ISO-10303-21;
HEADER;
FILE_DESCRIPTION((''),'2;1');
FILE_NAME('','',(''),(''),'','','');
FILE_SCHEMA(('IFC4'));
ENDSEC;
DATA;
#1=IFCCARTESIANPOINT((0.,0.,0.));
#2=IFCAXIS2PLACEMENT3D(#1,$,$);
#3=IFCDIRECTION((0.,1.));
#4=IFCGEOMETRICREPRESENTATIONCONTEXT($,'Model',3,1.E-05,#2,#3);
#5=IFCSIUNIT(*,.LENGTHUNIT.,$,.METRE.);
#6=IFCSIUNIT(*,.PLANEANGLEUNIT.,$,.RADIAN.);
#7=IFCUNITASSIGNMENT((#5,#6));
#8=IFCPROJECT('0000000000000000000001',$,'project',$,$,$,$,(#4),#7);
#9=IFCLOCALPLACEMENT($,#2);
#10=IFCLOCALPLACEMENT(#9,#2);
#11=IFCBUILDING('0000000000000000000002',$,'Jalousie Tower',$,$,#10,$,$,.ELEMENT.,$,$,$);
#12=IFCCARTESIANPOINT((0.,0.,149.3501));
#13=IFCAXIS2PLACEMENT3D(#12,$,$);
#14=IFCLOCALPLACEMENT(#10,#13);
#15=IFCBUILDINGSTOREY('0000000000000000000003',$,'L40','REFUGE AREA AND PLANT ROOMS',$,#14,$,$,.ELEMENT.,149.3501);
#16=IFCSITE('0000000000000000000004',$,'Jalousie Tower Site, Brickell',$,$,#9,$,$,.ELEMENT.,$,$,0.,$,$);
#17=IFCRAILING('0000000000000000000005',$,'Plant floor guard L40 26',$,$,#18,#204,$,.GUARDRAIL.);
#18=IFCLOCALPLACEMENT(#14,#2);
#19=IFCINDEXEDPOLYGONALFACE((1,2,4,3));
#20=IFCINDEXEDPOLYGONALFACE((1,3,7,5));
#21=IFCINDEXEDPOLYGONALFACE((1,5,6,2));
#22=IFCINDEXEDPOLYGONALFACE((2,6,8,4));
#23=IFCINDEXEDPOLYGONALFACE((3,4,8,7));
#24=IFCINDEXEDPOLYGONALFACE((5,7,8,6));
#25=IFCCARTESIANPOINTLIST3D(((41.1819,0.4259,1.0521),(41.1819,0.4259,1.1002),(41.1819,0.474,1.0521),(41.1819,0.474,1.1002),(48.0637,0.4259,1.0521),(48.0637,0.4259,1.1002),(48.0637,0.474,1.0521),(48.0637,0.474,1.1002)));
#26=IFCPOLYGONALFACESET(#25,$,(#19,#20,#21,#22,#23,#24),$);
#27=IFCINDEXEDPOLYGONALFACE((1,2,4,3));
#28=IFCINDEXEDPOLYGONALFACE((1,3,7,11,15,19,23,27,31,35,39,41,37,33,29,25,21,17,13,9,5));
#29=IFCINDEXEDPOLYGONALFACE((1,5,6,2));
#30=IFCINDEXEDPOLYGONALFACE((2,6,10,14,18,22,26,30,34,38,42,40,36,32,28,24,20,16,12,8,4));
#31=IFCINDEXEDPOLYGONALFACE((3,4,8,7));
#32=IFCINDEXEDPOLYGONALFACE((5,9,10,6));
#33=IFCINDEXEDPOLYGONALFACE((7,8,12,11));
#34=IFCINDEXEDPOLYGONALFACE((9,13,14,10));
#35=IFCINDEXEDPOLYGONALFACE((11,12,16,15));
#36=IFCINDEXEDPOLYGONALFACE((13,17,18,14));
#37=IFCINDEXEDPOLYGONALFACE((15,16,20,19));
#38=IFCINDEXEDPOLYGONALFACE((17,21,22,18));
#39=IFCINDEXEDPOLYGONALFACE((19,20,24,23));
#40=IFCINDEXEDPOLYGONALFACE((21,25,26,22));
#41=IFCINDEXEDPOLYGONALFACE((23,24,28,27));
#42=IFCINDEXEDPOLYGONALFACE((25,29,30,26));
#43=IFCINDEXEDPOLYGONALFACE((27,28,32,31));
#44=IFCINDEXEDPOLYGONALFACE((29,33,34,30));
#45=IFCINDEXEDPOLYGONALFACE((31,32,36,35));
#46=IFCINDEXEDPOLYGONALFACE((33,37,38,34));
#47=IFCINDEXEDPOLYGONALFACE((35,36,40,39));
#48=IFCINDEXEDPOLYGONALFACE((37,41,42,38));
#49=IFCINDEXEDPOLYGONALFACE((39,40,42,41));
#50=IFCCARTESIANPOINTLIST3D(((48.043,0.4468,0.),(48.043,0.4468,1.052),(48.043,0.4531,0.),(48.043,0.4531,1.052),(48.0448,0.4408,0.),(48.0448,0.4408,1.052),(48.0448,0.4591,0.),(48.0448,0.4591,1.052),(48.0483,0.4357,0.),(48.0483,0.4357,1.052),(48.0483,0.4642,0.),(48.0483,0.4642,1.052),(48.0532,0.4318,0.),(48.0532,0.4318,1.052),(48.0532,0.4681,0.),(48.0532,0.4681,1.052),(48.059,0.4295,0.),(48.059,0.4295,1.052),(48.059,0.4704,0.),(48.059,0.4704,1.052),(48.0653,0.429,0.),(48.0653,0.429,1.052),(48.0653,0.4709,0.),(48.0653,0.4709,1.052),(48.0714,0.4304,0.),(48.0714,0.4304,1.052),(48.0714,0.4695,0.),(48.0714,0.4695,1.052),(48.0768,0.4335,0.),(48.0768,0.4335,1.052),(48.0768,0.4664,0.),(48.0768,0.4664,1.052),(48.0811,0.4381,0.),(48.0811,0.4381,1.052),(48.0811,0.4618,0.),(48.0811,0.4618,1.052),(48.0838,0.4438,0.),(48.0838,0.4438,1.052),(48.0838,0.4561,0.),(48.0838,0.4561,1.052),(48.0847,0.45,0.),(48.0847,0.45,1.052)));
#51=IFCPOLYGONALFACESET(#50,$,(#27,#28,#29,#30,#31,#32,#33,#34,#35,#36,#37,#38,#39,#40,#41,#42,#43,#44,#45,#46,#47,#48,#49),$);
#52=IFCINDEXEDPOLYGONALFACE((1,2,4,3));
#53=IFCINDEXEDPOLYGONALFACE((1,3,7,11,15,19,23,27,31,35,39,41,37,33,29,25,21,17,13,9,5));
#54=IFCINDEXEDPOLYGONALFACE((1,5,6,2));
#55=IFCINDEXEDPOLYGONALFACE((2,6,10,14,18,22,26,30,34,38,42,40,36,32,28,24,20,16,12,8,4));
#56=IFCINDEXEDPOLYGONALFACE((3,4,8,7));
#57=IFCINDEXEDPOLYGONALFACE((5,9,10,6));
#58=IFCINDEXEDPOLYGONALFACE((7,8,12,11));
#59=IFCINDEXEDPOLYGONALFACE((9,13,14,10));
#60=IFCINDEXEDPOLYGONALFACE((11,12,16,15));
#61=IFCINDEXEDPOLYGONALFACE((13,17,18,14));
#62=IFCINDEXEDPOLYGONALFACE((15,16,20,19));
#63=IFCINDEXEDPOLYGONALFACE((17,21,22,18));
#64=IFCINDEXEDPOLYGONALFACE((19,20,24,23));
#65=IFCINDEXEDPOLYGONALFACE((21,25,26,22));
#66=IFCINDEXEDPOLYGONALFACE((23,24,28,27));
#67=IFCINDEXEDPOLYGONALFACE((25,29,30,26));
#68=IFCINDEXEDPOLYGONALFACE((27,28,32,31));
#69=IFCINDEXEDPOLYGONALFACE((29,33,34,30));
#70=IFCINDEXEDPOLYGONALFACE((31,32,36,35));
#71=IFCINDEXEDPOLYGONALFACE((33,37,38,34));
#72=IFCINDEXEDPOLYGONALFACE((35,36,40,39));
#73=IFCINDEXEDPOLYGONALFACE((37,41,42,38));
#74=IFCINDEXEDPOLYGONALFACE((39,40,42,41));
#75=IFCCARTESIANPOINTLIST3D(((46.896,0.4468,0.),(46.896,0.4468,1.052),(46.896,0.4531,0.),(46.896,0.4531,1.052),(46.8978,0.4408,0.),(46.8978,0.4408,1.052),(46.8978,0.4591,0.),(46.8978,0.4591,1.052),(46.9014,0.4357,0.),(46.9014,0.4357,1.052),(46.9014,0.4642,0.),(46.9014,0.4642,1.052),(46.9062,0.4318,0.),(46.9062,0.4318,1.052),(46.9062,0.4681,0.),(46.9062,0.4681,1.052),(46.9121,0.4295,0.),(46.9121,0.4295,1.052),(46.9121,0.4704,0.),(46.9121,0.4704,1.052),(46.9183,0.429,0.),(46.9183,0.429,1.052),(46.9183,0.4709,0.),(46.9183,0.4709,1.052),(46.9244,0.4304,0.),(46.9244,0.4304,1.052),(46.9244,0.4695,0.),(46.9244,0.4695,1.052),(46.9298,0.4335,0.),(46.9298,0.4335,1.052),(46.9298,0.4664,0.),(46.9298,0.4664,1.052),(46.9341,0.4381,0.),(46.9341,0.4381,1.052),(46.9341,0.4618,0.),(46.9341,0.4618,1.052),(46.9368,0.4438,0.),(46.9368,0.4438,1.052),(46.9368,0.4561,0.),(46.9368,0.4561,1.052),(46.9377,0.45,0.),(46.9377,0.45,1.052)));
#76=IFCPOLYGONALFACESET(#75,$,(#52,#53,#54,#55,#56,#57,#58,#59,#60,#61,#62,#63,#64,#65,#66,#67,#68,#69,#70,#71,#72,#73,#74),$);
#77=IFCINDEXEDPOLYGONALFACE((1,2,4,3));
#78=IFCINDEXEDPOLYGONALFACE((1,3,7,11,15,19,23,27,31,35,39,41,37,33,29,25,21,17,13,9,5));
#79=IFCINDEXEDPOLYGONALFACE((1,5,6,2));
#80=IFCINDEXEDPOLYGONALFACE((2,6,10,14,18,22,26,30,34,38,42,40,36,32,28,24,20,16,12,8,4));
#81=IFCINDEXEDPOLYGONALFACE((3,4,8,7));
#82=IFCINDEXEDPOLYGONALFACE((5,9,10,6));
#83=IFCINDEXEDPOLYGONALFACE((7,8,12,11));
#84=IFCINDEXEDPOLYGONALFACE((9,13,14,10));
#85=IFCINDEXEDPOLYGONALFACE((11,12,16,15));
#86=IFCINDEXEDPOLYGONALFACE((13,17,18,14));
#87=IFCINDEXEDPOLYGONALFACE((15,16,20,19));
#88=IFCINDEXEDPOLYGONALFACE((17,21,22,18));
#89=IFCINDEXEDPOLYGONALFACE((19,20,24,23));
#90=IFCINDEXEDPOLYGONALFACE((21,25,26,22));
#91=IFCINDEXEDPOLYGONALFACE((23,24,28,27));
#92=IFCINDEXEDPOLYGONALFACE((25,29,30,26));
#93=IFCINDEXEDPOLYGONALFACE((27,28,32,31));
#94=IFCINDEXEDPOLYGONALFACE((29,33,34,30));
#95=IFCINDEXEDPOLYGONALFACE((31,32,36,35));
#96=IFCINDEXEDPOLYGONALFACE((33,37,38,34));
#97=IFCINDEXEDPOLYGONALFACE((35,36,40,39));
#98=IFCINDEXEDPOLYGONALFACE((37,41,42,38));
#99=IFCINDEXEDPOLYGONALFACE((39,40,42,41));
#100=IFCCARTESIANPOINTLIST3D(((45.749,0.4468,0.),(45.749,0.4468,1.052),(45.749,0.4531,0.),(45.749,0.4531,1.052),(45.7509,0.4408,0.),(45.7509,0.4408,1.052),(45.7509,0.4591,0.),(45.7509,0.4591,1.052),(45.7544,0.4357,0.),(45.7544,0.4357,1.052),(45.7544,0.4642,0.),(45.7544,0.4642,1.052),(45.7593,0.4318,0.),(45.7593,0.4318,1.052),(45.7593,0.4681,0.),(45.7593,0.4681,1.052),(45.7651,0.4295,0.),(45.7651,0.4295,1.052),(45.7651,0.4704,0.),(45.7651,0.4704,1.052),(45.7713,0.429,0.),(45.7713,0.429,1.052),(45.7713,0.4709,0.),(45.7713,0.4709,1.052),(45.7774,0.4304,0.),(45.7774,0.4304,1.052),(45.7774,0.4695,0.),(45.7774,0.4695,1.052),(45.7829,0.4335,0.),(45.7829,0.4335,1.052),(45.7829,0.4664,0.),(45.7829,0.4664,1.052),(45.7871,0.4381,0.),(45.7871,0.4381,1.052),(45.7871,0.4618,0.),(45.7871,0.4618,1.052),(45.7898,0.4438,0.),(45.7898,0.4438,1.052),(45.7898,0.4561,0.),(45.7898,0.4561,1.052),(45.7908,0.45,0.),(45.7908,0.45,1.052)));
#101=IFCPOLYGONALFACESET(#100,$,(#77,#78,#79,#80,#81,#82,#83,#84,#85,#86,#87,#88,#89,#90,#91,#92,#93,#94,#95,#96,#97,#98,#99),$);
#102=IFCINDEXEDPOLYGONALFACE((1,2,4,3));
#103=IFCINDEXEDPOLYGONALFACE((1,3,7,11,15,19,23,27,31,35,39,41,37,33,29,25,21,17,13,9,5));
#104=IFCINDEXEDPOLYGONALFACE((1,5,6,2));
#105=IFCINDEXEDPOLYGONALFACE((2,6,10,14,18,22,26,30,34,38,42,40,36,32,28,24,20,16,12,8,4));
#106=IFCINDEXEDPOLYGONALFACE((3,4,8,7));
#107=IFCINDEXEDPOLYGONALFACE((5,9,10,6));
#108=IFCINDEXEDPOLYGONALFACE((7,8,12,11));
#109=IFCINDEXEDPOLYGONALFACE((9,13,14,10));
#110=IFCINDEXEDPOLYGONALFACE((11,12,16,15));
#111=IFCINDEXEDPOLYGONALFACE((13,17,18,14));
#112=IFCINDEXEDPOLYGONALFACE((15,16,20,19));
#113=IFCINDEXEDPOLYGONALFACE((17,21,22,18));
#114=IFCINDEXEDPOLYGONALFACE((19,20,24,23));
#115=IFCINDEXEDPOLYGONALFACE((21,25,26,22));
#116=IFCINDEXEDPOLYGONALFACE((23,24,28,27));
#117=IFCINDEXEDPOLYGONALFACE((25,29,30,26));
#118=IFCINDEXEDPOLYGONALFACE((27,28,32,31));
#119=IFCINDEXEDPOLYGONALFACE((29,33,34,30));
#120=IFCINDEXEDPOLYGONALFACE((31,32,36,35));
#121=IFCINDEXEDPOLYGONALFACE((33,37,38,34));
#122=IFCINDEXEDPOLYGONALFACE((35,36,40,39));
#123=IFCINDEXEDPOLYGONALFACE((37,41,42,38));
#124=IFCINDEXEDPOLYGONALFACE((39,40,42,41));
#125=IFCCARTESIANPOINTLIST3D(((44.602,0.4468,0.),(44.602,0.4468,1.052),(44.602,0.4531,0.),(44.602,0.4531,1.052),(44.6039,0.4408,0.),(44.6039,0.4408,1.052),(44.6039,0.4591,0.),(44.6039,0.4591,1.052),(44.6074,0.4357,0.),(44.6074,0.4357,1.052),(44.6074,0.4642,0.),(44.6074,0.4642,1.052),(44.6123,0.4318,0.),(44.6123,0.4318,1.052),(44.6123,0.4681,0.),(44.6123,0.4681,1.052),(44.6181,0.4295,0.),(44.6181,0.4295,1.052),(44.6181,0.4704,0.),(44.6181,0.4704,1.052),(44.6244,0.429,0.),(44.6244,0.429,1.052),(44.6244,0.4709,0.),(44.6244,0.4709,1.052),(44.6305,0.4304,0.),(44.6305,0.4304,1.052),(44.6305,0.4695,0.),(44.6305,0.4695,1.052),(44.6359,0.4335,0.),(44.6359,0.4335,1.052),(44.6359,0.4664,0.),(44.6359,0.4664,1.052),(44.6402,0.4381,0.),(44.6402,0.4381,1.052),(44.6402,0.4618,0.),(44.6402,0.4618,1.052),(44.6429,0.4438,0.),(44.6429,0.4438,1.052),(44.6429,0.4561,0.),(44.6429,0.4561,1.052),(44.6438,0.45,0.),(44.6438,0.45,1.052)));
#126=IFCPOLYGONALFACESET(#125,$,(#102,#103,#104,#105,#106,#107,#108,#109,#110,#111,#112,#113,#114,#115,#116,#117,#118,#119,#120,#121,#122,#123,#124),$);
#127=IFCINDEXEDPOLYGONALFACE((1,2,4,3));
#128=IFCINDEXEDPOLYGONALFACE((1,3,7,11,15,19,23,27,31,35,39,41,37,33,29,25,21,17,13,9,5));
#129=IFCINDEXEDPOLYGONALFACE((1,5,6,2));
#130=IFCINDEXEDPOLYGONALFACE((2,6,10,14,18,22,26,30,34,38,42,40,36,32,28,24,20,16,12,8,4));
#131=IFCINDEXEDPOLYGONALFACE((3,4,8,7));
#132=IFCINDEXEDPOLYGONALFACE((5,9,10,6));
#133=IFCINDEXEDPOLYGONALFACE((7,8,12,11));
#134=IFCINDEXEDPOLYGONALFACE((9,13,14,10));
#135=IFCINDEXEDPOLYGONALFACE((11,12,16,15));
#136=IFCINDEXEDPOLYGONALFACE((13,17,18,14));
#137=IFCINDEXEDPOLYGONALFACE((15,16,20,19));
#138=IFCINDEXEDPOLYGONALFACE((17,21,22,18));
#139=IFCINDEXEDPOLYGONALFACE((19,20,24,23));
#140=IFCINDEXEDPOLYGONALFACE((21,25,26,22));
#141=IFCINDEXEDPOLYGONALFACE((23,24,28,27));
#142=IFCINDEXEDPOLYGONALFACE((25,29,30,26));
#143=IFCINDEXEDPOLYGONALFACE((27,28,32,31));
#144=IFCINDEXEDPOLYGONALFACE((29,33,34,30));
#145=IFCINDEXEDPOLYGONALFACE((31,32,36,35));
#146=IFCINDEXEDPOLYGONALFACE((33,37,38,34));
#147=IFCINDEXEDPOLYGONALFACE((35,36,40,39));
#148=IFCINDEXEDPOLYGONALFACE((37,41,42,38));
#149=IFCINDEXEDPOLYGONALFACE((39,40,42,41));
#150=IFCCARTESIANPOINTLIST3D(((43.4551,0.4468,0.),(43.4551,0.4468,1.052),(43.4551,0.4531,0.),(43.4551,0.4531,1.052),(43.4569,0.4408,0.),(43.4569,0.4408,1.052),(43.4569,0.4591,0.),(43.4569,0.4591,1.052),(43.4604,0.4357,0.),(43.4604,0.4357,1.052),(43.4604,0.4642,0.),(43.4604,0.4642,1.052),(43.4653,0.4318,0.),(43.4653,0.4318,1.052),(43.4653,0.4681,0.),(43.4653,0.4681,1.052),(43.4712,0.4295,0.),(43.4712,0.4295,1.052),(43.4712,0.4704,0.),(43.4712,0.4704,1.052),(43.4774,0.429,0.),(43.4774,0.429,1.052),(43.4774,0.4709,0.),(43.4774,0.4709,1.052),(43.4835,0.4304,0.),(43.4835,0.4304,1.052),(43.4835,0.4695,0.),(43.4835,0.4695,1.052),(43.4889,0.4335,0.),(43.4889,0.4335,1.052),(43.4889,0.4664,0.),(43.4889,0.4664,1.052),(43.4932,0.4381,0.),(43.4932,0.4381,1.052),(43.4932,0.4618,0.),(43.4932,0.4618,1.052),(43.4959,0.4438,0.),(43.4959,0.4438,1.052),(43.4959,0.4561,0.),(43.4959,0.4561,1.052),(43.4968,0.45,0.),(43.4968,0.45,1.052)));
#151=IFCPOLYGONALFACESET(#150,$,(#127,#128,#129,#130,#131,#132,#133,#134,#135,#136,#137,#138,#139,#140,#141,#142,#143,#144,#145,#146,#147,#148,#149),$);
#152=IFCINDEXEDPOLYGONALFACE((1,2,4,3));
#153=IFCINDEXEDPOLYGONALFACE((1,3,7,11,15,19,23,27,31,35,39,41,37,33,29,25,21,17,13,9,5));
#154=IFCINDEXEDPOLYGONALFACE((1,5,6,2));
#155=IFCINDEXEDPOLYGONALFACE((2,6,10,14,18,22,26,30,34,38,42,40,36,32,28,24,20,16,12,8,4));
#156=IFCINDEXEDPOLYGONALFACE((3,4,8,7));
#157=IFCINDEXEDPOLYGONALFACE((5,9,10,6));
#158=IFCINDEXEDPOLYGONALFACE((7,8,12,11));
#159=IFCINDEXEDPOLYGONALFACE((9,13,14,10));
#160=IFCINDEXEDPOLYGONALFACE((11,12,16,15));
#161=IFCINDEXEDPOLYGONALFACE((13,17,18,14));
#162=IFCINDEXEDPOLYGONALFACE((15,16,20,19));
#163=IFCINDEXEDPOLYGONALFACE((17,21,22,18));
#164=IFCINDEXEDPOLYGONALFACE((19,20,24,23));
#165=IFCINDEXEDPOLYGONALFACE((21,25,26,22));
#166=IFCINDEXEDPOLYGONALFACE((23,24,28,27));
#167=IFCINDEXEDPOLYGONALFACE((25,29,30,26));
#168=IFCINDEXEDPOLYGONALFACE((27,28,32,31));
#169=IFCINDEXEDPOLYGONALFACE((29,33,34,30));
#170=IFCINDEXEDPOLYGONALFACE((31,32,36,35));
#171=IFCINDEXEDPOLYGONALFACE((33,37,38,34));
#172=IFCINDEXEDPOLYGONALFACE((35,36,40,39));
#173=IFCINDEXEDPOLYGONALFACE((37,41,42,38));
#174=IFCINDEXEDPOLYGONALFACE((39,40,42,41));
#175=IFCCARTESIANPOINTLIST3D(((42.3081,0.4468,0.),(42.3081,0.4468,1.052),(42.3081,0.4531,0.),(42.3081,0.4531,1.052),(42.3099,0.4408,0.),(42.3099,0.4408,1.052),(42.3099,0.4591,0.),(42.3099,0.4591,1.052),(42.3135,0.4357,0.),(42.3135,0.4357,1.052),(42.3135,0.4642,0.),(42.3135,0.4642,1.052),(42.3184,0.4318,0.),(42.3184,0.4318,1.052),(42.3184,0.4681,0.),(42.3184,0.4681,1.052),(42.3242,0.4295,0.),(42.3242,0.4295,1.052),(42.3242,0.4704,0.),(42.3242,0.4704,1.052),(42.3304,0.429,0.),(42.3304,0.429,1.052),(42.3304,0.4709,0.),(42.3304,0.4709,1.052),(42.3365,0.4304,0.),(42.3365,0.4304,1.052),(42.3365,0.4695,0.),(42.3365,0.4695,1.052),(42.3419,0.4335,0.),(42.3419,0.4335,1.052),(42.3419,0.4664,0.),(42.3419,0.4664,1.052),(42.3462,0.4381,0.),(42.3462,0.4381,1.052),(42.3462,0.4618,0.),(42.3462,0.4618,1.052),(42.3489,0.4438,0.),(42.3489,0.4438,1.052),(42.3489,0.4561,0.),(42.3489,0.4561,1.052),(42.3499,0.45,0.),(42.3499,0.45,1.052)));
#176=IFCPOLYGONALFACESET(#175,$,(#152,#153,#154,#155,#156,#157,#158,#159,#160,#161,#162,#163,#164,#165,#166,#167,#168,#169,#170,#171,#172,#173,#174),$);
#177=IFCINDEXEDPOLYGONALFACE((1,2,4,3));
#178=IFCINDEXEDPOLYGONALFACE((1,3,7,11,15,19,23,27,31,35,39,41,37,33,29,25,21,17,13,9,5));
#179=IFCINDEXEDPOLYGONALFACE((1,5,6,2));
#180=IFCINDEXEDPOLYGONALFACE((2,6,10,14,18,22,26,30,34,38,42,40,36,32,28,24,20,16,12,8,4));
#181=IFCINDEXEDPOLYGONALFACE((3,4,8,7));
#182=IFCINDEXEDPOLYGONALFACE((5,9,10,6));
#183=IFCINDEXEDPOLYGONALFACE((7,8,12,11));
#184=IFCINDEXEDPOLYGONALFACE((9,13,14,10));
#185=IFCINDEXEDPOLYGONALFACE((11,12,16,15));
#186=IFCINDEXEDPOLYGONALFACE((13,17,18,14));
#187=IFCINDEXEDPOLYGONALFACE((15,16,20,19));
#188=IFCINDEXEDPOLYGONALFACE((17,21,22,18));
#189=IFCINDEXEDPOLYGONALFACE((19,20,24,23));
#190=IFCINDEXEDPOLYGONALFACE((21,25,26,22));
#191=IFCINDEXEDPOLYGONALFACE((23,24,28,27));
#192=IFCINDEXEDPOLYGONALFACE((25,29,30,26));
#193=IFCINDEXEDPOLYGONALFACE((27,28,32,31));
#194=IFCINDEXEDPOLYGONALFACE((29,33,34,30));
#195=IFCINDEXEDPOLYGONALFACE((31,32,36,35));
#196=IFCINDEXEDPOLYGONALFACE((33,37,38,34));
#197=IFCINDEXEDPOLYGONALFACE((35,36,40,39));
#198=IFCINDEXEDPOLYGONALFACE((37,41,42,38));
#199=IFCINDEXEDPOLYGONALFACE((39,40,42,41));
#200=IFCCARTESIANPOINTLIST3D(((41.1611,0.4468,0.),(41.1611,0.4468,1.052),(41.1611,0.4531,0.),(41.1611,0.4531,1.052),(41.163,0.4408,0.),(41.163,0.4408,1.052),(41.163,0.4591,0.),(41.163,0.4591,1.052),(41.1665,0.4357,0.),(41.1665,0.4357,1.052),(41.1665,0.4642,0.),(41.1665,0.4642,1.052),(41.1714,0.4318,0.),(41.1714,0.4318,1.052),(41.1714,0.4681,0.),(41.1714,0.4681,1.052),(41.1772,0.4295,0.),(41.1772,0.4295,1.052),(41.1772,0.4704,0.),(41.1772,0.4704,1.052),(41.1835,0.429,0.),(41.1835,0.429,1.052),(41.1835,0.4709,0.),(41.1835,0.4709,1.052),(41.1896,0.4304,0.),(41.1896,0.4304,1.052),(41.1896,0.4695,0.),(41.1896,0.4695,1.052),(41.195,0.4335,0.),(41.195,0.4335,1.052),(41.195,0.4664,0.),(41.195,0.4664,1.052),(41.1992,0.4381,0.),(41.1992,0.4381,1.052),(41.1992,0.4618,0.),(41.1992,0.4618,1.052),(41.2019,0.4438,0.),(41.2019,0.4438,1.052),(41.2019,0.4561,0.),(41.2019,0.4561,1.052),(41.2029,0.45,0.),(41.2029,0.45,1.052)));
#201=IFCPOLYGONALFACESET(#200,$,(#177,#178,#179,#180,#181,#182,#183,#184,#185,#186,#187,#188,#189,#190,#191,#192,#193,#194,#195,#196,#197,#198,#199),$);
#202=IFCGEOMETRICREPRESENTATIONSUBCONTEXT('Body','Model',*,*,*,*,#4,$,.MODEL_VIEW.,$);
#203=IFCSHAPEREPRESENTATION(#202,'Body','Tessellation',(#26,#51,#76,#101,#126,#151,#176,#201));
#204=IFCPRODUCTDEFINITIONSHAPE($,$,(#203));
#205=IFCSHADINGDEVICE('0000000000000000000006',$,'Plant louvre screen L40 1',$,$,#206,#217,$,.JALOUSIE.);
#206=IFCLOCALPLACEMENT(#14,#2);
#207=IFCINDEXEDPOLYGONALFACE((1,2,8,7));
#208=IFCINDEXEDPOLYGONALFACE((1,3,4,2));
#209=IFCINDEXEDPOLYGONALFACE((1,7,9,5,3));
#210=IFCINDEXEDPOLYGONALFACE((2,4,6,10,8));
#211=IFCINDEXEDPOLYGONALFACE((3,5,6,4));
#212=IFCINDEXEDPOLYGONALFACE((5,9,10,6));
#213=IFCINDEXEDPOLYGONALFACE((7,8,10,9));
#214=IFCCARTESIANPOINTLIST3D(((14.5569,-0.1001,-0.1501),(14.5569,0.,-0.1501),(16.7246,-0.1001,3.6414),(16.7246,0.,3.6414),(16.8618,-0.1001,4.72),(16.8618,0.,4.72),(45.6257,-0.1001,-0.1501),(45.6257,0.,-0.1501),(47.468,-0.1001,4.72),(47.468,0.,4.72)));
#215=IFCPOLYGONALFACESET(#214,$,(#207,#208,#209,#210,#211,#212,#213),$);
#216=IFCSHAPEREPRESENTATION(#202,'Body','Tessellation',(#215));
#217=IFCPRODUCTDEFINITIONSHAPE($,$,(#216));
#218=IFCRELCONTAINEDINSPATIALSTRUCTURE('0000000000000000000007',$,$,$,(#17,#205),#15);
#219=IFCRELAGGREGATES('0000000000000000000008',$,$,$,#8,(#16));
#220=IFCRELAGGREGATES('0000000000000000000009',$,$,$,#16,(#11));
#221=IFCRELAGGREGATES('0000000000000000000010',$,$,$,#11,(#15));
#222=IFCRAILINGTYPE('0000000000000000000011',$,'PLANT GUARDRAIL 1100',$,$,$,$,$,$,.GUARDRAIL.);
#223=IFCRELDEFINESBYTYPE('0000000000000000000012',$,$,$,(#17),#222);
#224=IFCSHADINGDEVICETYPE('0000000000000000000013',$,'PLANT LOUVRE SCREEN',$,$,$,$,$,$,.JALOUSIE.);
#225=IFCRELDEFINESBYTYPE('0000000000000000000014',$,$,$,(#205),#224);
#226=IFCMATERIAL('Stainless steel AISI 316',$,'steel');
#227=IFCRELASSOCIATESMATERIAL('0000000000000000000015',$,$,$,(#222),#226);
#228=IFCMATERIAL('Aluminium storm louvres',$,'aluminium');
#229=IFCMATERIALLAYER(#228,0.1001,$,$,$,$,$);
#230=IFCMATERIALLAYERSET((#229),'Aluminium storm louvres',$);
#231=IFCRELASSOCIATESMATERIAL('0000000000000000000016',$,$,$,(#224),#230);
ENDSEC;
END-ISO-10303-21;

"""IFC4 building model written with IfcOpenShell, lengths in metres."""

from ifc_helpers import new_model, si_unit, direction, frame, origin, origin_2d, place, context, subcontext, project, spatial, polyline, rectangle, circle, outline, extrude, material, layer, layer_set, type_object, element, save


model = new_model("IFC4")

# Units and contexts
model_context = context("Model", 3, precision=1e-05, world=origin(), true_north=direction((0.0, 1.0)))
body_context = subcontext(model_context, "Body", "Model", "MODEL_VIEW")
ifc_project = project(units=[si_unit("LENGTHUNIT", "METRE"), si_unit("PLANEANGLEUNIT", "RADIAN")], contexts=[model_context])

# Site, building, storey
site_placement = place(None, origin())
site = spatial("IfcSite", under=ifc_project, at=site_placement, Name="Jalousie Tower Site, Brickell", CompositionType="ELEMENT", RefElevation=0.0)
building_placement = place(site_placement, origin())
building = spatial("IfcBuilding", under=site, at=building_placement, Name="Jalousie Tower", CompositionType="ELEMENT")
storey_placement = place(building_placement, frame((0.0, 0.0, 149.3501)))
storey = spatial("IfcBuildingStorey", under=building, at=storey_placement, Name="L40", Description="REFUGE AREA AND PLANT ROOMS", CompositionType="ELEMENT", Elevation=149.3501)

# Railing
ifc_material_1 = material(Name="Stainless steel AISI 316", Category="steel")
railing_type = type_object("IfcRailingType", Name="PLANT GUARDRAIL 1100", PredefinedType="GUARDRAIL", material=ifc_material_1)
railing_1_placement = place(storey_placement, frame((48.0637, 0.45, 0.0)))
element("IfcRailing", 1, at=railing_1_placement, inside=storey, type_object=railing_type, Name="Plant floor guard L40 26", PredefinedType="GUARDRAIL", context=body_context, shape_type="SweptSolid", body=[
    extrude(rectangle(XDim=0.0481, YDim=0.0481, at=origin_2d()), frame((0.0, 0.0, 1.0762), z_axis=(-1.0, 0.0, 0.0), x_axis=(0.0, -1.0, 0.0)), (0.0, 0.0, 1.0), 6.8818),
    extrude(circle(Radius=0.021, at=origin_2d()), origin(), (0.0, 0.0, 1.0), 1.052),
    extrude(circle(Radius=0.021, at=origin_2d()), frame((-1.147, 0.0, 0.0)), (0.0, 0.0, 1.0), 1.052),
    extrude(circle(Radius=0.021, at=origin_2d()), frame((-2.2939, 0.0, 0.0)), (0.0, 0.0, 1.0), 1.052),
    extrude(circle(Radius=0.021, at=origin_2d()), frame((-3.4409, 0.0, 0.0)), (0.0, 0.0, 1.0), 1.052),
    extrude(circle(Radius=0.021, at=origin_2d()), frame((-4.5879, 0.0, 0.0)), (0.0, 0.0, 1.0), 1.052),
    extrude(circle(Radius=0.021, at=origin_2d()), frame((-5.7349, 0.0, 0.0)), (0.0, 0.0, 1.0), 1.052),
    extrude(circle(Radius=0.021, at=origin_2d()), frame((-6.8818, 0.0, 0.0)), (0.0, 0.0, 1.0), 1.052),
])

# Shading device
ifc_material_2 = material(Name="Aluminium storm louvres", Category="aluminium")
ifc_layer_1 = layer(ifc_material_2, 0.1001)
ifc_layer_set_1 = layer_set([ifc_layer_1], Name="Aluminium storm louvres")
shading_device_type = type_object("IfcShadingDeviceType", Name="PLANT LOUVRE SCREEN", PredefinedType="JALOUSIE", material=ifc_layer_set_1)
shading_device_1_placement = place(storey_placement, frame((47.468, -0.1001, 4.72), z_axis=(0.0, -1.0, 0.0), x_axis=(-1.0, 0.0, 0.0)))
element("IfcShadingDevice", 2, at=shading_device_1_placement, inside=storey, type_object=shading_device_type, Name="Plant louvre screen L40 1", PredefinedType="JALOUSIE", context=body_context, shape_type="SweptSolid", body=[
    extrude(outline(polyline([(0.0, 0.0), (30.6062, 0.0), (30.7434, 1.0786), (32.9111, 4.8701), (1.8423, 4.8701), (0.0, 0.0)])), origin(), (0.0, 0.0, -1.0), 0.1001),
])

save(model, "model.ifc")
